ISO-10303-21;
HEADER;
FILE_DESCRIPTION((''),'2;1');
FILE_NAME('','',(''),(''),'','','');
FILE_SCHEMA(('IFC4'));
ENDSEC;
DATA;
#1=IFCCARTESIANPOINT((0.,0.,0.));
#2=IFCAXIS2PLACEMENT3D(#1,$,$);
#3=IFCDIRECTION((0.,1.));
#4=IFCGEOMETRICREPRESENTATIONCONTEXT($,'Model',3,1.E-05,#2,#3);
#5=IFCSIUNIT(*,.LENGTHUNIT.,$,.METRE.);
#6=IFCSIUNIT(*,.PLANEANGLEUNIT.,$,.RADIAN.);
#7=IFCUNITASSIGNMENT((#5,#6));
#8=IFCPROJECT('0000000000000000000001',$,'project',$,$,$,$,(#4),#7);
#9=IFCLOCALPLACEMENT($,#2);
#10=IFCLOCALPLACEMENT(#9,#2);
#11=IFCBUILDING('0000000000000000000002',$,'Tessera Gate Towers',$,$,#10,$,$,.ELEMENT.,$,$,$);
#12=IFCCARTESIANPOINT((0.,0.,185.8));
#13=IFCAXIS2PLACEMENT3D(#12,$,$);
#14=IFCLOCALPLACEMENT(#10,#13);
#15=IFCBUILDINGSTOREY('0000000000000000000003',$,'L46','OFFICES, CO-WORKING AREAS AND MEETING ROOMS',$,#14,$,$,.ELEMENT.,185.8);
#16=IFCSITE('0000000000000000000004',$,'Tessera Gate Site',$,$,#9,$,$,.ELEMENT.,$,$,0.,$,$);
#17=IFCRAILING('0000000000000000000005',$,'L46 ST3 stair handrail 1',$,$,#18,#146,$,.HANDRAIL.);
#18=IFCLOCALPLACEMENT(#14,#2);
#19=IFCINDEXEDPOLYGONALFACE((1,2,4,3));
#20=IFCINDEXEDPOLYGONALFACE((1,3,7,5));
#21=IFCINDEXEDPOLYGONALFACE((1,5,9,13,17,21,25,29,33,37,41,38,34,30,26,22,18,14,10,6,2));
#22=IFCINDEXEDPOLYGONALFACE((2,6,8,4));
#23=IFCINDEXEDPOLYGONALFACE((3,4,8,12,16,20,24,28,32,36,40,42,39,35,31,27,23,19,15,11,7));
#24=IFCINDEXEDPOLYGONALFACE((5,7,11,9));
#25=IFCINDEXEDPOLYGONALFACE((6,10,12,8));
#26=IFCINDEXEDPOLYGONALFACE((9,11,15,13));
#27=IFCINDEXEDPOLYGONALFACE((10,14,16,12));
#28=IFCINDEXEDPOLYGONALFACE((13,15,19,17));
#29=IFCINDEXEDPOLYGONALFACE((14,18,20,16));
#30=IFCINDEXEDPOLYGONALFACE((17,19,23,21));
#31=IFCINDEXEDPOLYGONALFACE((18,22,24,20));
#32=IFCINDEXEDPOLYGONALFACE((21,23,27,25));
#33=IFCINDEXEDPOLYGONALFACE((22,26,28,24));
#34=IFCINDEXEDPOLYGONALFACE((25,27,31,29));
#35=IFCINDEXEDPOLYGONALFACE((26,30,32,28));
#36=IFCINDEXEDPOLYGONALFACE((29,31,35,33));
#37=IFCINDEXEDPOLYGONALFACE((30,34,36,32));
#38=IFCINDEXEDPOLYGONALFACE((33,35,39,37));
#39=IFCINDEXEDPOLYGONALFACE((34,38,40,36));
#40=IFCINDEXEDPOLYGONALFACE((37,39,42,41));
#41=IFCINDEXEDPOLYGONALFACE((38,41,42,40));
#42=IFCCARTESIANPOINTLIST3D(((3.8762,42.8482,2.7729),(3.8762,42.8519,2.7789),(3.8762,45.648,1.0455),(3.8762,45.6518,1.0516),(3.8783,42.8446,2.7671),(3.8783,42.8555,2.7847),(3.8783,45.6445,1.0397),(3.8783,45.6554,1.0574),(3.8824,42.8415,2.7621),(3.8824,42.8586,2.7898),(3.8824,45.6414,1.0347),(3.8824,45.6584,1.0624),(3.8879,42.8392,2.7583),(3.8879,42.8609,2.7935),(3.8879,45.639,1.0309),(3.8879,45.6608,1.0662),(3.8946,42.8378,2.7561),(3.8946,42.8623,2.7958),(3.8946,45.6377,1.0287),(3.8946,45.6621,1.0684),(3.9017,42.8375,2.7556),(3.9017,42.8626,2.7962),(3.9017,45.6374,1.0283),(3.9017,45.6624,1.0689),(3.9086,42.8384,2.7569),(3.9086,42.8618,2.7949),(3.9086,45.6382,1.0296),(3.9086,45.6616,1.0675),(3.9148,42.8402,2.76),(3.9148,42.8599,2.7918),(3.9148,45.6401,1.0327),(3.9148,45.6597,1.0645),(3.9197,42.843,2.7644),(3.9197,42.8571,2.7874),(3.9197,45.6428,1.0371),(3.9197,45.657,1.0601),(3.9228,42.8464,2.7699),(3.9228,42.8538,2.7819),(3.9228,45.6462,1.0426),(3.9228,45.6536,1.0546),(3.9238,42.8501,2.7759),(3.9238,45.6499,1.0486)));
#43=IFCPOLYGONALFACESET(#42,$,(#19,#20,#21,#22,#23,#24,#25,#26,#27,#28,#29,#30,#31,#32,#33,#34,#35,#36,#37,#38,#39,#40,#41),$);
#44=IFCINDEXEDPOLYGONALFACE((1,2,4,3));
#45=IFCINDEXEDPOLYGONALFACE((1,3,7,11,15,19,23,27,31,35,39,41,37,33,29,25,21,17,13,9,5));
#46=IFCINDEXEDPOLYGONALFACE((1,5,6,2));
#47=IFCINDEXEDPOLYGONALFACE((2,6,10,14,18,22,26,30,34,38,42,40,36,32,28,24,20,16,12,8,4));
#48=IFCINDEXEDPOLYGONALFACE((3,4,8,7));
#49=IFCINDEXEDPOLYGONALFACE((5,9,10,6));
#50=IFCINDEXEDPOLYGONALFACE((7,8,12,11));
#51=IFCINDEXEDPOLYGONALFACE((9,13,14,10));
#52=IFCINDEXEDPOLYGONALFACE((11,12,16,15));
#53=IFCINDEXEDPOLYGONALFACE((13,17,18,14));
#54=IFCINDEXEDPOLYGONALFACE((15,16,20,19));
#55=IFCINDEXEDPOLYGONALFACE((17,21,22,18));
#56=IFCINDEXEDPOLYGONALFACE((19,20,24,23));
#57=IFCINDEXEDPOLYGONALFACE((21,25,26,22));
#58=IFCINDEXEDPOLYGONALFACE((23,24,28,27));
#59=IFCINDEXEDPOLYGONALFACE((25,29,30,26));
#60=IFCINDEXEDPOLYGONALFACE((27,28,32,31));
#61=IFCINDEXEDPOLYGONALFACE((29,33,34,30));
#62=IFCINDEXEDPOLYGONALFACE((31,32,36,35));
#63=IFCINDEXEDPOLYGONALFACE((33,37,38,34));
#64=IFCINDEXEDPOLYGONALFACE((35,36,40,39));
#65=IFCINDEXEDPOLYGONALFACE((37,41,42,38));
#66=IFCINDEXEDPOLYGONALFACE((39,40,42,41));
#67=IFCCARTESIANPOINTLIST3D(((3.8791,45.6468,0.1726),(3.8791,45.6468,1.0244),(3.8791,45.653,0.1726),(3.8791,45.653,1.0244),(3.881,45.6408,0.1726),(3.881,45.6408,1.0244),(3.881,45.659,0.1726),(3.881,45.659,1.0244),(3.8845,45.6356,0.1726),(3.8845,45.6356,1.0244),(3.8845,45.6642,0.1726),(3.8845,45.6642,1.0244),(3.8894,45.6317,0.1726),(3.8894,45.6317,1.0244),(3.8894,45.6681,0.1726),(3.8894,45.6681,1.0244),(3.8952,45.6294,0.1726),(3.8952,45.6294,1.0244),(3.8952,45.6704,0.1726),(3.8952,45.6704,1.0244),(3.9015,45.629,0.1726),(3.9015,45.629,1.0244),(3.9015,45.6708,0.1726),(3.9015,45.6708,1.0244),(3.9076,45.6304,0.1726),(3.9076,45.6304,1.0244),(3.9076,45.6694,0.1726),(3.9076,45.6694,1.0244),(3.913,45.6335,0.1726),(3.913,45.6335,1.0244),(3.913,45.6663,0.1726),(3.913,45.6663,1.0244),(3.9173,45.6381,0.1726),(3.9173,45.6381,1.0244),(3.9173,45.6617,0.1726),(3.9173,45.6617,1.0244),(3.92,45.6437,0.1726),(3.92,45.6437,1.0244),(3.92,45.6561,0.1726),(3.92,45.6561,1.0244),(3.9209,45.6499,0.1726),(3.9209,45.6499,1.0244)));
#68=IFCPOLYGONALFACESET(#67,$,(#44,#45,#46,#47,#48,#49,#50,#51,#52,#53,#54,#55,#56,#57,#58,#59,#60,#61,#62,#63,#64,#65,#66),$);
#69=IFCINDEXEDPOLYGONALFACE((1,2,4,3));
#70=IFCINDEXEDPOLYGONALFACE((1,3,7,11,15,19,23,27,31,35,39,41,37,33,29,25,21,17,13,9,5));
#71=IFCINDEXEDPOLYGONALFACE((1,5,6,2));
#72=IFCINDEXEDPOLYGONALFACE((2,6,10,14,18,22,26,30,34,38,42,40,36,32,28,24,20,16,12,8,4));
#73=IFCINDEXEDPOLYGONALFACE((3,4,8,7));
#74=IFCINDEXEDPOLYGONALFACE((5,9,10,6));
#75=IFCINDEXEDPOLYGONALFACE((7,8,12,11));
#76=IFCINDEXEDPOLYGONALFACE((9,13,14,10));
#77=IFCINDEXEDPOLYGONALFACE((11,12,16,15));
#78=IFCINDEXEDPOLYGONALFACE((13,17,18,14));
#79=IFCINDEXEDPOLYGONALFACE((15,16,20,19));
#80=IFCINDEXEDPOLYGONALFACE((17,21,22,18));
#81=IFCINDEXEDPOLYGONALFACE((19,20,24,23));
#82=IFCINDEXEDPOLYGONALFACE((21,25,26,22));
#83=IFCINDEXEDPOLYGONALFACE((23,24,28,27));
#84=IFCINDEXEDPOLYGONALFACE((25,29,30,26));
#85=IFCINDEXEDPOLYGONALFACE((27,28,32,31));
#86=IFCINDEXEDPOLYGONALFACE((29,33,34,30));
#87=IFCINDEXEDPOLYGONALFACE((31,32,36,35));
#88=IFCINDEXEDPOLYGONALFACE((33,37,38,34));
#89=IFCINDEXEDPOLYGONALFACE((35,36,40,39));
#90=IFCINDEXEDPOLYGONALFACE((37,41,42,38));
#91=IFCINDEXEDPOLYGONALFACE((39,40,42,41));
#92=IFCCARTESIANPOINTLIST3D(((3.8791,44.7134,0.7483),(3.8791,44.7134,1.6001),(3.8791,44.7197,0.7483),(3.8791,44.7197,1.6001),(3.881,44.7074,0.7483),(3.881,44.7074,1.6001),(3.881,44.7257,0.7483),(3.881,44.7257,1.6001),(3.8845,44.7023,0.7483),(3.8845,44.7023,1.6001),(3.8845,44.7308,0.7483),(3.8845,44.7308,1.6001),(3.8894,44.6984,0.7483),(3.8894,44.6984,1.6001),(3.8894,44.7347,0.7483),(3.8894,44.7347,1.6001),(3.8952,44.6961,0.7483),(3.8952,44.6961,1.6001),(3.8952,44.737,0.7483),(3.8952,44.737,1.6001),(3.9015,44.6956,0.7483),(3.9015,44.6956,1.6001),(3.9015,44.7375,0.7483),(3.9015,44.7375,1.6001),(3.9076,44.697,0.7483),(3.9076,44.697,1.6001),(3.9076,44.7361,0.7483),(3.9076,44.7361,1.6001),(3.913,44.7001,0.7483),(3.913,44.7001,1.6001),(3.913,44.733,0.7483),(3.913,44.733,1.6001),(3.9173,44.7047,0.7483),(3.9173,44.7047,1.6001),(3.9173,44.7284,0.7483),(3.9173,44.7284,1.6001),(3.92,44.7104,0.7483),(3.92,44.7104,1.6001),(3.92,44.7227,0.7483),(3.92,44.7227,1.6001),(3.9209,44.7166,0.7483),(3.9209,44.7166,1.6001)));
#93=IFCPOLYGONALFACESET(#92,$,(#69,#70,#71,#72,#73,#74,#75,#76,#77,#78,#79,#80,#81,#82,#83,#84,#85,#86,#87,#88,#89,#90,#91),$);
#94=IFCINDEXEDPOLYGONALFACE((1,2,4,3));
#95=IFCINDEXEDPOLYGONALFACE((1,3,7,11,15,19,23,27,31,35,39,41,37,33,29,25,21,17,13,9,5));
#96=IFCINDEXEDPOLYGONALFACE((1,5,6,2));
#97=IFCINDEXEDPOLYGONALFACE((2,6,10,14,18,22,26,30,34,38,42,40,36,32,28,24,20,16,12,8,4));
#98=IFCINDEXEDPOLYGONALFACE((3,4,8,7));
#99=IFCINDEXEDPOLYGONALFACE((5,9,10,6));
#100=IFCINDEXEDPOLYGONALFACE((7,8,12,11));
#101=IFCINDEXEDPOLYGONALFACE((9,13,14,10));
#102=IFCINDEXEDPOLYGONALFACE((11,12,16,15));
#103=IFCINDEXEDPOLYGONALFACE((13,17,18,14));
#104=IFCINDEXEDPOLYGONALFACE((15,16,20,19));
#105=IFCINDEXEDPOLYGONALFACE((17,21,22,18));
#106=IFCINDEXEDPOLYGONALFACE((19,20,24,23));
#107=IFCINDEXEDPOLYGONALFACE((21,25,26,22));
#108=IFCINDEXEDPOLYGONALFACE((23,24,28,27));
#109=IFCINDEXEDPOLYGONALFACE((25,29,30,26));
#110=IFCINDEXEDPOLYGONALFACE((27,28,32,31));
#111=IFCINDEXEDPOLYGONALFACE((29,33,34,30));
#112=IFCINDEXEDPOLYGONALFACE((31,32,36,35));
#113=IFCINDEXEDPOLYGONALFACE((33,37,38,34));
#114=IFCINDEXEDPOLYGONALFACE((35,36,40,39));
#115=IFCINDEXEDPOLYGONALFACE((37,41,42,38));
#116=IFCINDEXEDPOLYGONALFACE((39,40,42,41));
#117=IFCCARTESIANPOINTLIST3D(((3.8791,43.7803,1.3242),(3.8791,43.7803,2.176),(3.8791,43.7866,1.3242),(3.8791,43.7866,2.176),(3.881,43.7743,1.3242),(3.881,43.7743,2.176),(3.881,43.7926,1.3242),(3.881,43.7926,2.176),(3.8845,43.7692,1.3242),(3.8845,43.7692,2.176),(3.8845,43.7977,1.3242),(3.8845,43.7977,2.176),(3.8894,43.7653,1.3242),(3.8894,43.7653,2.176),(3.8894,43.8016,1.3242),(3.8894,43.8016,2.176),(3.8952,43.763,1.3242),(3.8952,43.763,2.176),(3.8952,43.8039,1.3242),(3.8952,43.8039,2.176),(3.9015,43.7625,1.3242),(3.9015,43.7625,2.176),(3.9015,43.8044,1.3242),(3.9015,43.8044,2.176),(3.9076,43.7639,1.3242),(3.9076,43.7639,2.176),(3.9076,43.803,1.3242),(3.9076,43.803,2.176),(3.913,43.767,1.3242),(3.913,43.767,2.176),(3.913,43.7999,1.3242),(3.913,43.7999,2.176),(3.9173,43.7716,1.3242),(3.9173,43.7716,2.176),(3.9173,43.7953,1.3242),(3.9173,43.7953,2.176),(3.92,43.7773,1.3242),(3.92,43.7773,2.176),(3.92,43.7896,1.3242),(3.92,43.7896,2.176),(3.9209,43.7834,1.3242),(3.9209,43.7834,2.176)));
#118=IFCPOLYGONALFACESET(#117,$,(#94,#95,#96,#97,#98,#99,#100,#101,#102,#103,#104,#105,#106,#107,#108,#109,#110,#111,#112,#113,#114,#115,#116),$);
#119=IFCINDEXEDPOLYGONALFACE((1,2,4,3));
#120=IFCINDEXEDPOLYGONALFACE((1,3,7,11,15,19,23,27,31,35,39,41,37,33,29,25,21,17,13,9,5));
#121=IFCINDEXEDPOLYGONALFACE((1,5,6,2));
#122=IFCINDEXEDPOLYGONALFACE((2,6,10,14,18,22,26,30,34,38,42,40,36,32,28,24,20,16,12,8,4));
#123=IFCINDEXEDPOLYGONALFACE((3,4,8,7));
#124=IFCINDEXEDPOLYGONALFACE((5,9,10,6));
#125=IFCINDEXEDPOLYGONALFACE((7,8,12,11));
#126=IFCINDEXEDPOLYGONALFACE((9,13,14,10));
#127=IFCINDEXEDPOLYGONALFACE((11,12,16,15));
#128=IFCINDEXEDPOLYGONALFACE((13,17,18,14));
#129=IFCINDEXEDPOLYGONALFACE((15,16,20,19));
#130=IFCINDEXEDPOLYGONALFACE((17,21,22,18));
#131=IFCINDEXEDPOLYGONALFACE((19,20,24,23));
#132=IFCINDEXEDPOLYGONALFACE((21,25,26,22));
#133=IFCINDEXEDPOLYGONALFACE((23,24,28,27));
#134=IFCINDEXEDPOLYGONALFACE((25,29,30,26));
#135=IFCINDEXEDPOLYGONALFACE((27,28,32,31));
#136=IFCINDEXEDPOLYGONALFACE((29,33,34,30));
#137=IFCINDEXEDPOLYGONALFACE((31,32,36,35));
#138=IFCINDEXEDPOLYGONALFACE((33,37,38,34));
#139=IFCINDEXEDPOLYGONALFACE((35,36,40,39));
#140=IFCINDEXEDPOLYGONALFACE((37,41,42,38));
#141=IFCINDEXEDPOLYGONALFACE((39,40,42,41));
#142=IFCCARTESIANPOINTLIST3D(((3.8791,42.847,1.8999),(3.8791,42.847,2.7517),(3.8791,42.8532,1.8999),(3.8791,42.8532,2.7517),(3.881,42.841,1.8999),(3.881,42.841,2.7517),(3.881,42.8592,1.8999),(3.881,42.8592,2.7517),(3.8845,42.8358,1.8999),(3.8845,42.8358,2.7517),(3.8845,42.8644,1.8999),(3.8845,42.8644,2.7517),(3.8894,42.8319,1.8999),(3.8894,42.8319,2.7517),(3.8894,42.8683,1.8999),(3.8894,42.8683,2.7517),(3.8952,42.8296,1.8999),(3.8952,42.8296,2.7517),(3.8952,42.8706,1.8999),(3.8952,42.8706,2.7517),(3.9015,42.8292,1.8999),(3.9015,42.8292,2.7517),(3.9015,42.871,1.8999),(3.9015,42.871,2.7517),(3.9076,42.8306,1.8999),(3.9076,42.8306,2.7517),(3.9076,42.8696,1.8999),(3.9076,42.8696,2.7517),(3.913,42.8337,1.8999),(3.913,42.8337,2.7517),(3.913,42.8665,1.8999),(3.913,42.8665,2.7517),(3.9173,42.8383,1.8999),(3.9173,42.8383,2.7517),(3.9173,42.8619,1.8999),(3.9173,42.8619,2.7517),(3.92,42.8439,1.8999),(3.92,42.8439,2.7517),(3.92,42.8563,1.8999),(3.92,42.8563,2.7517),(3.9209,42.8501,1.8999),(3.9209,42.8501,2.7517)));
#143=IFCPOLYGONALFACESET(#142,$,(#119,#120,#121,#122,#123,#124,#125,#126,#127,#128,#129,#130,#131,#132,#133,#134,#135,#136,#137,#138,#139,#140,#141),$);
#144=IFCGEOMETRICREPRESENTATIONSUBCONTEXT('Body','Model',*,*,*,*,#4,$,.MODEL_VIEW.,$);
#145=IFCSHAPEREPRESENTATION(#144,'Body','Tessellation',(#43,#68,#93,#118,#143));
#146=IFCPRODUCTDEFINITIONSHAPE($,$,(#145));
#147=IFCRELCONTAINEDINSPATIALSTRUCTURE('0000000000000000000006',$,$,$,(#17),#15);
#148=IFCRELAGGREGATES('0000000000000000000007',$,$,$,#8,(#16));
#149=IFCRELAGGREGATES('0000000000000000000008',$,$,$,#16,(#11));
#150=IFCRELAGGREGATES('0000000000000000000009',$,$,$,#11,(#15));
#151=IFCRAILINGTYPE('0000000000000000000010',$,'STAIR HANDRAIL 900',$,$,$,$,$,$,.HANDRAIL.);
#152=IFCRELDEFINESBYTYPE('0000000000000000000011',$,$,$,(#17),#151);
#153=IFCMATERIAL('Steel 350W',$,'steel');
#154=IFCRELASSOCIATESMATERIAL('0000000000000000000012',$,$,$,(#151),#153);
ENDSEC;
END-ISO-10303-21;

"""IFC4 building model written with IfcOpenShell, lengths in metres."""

from ifc_helpers import new_model, si_unit, direction, frame, origin, origin_2d, place, context, subcontext, project, spatial, circle, extrude, material, type_object, element, save


model = new_model("IFC4")

# Units and contexts
model_context = context("Model", 3, precision=1e-05, world=origin(), true_north=direction((0.0, 1.0)))
body_context = subcontext(model_context, "Body", "Model", "MODEL_VIEW")
ifc_project = project(units=[si_unit("LENGTHUNIT", "METRE"), si_unit("PLANEANGLEUNIT", "RADIAN")], contexts=[model_context])

# Site, building, storey
site_placement = place(None, origin())
site = spatial("IfcSite", under=ifc_project, at=site_placement, Name="Tessera Gate Site", CompositionType="ELEMENT", RefElevation=0.0)
building_placement = place(site_placement, origin())
building = spatial("IfcBuilding", under=site, at=building_placement, Name="Tessera Gate Towers", CompositionType="ELEMENT")
storey_placement = place(building_placement, frame((0.0, 0.0, 185.8)))
storey = spatial("IfcBuildingStorey", under=building, at=storey_placement, Name="L46", Description="OFFICES, CO-WORKING AREAS AND MEETING ROOMS", CompositionType="ELEMENT", Elevation=185.8)

# Railing
ifc_material_1 = material(Name="Steel 350W", Category="steel")
railing_type = type_object("IfcRailingType", Name="STAIR HANDRAIL 900", PredefinedType="HANDRAIL", material=ifc_material_1)
railing_1_placement = place(storey_placement, frame((3.8999, 45.6499, 0.1726)))
element("IfcRailing", 1, at=railing_1_placement, inside=storey, type_object=railing_type, Name="L46 ST3 stair handrail 1", PredefinedType="HANDRAIL", context=body_context, shape_type="SweptSolid", body=[
    extrude(circle(Radius=0.0239, at=origin_2d()), frame((0.0, 0.0, 0.876), z_axis=(0.0, -0.851069, 0.525054), x_axis=(1.0, 0.0, 0.0)), (0.0, 0.0, 1.0), 3.2898),
    extrude(circle(Radius=0.021, at=origin_2d()), origin(), (0.0, 0.0, 1.0), 0.8518),
    extrude(circle(Radius=0.021, at=origin_2d()), frame((0.0, -0.9333, 0.5757)), (0.0, 0.0, 1.0), 0.8518),
    extrude(circle(Radius=0.021, at=origin_2d()), frame((0.0, -1.8665, 1.1516)), (0.0, 0.0, 1.0), 0.8518),
    extrude(circle(Radius=0.021, at=origin_2d()), frame((0.0, -2.7998, 1.7273)), (0.0, 0.0, 1.0), 0.8518),
])

save(model, "model.ifc")
